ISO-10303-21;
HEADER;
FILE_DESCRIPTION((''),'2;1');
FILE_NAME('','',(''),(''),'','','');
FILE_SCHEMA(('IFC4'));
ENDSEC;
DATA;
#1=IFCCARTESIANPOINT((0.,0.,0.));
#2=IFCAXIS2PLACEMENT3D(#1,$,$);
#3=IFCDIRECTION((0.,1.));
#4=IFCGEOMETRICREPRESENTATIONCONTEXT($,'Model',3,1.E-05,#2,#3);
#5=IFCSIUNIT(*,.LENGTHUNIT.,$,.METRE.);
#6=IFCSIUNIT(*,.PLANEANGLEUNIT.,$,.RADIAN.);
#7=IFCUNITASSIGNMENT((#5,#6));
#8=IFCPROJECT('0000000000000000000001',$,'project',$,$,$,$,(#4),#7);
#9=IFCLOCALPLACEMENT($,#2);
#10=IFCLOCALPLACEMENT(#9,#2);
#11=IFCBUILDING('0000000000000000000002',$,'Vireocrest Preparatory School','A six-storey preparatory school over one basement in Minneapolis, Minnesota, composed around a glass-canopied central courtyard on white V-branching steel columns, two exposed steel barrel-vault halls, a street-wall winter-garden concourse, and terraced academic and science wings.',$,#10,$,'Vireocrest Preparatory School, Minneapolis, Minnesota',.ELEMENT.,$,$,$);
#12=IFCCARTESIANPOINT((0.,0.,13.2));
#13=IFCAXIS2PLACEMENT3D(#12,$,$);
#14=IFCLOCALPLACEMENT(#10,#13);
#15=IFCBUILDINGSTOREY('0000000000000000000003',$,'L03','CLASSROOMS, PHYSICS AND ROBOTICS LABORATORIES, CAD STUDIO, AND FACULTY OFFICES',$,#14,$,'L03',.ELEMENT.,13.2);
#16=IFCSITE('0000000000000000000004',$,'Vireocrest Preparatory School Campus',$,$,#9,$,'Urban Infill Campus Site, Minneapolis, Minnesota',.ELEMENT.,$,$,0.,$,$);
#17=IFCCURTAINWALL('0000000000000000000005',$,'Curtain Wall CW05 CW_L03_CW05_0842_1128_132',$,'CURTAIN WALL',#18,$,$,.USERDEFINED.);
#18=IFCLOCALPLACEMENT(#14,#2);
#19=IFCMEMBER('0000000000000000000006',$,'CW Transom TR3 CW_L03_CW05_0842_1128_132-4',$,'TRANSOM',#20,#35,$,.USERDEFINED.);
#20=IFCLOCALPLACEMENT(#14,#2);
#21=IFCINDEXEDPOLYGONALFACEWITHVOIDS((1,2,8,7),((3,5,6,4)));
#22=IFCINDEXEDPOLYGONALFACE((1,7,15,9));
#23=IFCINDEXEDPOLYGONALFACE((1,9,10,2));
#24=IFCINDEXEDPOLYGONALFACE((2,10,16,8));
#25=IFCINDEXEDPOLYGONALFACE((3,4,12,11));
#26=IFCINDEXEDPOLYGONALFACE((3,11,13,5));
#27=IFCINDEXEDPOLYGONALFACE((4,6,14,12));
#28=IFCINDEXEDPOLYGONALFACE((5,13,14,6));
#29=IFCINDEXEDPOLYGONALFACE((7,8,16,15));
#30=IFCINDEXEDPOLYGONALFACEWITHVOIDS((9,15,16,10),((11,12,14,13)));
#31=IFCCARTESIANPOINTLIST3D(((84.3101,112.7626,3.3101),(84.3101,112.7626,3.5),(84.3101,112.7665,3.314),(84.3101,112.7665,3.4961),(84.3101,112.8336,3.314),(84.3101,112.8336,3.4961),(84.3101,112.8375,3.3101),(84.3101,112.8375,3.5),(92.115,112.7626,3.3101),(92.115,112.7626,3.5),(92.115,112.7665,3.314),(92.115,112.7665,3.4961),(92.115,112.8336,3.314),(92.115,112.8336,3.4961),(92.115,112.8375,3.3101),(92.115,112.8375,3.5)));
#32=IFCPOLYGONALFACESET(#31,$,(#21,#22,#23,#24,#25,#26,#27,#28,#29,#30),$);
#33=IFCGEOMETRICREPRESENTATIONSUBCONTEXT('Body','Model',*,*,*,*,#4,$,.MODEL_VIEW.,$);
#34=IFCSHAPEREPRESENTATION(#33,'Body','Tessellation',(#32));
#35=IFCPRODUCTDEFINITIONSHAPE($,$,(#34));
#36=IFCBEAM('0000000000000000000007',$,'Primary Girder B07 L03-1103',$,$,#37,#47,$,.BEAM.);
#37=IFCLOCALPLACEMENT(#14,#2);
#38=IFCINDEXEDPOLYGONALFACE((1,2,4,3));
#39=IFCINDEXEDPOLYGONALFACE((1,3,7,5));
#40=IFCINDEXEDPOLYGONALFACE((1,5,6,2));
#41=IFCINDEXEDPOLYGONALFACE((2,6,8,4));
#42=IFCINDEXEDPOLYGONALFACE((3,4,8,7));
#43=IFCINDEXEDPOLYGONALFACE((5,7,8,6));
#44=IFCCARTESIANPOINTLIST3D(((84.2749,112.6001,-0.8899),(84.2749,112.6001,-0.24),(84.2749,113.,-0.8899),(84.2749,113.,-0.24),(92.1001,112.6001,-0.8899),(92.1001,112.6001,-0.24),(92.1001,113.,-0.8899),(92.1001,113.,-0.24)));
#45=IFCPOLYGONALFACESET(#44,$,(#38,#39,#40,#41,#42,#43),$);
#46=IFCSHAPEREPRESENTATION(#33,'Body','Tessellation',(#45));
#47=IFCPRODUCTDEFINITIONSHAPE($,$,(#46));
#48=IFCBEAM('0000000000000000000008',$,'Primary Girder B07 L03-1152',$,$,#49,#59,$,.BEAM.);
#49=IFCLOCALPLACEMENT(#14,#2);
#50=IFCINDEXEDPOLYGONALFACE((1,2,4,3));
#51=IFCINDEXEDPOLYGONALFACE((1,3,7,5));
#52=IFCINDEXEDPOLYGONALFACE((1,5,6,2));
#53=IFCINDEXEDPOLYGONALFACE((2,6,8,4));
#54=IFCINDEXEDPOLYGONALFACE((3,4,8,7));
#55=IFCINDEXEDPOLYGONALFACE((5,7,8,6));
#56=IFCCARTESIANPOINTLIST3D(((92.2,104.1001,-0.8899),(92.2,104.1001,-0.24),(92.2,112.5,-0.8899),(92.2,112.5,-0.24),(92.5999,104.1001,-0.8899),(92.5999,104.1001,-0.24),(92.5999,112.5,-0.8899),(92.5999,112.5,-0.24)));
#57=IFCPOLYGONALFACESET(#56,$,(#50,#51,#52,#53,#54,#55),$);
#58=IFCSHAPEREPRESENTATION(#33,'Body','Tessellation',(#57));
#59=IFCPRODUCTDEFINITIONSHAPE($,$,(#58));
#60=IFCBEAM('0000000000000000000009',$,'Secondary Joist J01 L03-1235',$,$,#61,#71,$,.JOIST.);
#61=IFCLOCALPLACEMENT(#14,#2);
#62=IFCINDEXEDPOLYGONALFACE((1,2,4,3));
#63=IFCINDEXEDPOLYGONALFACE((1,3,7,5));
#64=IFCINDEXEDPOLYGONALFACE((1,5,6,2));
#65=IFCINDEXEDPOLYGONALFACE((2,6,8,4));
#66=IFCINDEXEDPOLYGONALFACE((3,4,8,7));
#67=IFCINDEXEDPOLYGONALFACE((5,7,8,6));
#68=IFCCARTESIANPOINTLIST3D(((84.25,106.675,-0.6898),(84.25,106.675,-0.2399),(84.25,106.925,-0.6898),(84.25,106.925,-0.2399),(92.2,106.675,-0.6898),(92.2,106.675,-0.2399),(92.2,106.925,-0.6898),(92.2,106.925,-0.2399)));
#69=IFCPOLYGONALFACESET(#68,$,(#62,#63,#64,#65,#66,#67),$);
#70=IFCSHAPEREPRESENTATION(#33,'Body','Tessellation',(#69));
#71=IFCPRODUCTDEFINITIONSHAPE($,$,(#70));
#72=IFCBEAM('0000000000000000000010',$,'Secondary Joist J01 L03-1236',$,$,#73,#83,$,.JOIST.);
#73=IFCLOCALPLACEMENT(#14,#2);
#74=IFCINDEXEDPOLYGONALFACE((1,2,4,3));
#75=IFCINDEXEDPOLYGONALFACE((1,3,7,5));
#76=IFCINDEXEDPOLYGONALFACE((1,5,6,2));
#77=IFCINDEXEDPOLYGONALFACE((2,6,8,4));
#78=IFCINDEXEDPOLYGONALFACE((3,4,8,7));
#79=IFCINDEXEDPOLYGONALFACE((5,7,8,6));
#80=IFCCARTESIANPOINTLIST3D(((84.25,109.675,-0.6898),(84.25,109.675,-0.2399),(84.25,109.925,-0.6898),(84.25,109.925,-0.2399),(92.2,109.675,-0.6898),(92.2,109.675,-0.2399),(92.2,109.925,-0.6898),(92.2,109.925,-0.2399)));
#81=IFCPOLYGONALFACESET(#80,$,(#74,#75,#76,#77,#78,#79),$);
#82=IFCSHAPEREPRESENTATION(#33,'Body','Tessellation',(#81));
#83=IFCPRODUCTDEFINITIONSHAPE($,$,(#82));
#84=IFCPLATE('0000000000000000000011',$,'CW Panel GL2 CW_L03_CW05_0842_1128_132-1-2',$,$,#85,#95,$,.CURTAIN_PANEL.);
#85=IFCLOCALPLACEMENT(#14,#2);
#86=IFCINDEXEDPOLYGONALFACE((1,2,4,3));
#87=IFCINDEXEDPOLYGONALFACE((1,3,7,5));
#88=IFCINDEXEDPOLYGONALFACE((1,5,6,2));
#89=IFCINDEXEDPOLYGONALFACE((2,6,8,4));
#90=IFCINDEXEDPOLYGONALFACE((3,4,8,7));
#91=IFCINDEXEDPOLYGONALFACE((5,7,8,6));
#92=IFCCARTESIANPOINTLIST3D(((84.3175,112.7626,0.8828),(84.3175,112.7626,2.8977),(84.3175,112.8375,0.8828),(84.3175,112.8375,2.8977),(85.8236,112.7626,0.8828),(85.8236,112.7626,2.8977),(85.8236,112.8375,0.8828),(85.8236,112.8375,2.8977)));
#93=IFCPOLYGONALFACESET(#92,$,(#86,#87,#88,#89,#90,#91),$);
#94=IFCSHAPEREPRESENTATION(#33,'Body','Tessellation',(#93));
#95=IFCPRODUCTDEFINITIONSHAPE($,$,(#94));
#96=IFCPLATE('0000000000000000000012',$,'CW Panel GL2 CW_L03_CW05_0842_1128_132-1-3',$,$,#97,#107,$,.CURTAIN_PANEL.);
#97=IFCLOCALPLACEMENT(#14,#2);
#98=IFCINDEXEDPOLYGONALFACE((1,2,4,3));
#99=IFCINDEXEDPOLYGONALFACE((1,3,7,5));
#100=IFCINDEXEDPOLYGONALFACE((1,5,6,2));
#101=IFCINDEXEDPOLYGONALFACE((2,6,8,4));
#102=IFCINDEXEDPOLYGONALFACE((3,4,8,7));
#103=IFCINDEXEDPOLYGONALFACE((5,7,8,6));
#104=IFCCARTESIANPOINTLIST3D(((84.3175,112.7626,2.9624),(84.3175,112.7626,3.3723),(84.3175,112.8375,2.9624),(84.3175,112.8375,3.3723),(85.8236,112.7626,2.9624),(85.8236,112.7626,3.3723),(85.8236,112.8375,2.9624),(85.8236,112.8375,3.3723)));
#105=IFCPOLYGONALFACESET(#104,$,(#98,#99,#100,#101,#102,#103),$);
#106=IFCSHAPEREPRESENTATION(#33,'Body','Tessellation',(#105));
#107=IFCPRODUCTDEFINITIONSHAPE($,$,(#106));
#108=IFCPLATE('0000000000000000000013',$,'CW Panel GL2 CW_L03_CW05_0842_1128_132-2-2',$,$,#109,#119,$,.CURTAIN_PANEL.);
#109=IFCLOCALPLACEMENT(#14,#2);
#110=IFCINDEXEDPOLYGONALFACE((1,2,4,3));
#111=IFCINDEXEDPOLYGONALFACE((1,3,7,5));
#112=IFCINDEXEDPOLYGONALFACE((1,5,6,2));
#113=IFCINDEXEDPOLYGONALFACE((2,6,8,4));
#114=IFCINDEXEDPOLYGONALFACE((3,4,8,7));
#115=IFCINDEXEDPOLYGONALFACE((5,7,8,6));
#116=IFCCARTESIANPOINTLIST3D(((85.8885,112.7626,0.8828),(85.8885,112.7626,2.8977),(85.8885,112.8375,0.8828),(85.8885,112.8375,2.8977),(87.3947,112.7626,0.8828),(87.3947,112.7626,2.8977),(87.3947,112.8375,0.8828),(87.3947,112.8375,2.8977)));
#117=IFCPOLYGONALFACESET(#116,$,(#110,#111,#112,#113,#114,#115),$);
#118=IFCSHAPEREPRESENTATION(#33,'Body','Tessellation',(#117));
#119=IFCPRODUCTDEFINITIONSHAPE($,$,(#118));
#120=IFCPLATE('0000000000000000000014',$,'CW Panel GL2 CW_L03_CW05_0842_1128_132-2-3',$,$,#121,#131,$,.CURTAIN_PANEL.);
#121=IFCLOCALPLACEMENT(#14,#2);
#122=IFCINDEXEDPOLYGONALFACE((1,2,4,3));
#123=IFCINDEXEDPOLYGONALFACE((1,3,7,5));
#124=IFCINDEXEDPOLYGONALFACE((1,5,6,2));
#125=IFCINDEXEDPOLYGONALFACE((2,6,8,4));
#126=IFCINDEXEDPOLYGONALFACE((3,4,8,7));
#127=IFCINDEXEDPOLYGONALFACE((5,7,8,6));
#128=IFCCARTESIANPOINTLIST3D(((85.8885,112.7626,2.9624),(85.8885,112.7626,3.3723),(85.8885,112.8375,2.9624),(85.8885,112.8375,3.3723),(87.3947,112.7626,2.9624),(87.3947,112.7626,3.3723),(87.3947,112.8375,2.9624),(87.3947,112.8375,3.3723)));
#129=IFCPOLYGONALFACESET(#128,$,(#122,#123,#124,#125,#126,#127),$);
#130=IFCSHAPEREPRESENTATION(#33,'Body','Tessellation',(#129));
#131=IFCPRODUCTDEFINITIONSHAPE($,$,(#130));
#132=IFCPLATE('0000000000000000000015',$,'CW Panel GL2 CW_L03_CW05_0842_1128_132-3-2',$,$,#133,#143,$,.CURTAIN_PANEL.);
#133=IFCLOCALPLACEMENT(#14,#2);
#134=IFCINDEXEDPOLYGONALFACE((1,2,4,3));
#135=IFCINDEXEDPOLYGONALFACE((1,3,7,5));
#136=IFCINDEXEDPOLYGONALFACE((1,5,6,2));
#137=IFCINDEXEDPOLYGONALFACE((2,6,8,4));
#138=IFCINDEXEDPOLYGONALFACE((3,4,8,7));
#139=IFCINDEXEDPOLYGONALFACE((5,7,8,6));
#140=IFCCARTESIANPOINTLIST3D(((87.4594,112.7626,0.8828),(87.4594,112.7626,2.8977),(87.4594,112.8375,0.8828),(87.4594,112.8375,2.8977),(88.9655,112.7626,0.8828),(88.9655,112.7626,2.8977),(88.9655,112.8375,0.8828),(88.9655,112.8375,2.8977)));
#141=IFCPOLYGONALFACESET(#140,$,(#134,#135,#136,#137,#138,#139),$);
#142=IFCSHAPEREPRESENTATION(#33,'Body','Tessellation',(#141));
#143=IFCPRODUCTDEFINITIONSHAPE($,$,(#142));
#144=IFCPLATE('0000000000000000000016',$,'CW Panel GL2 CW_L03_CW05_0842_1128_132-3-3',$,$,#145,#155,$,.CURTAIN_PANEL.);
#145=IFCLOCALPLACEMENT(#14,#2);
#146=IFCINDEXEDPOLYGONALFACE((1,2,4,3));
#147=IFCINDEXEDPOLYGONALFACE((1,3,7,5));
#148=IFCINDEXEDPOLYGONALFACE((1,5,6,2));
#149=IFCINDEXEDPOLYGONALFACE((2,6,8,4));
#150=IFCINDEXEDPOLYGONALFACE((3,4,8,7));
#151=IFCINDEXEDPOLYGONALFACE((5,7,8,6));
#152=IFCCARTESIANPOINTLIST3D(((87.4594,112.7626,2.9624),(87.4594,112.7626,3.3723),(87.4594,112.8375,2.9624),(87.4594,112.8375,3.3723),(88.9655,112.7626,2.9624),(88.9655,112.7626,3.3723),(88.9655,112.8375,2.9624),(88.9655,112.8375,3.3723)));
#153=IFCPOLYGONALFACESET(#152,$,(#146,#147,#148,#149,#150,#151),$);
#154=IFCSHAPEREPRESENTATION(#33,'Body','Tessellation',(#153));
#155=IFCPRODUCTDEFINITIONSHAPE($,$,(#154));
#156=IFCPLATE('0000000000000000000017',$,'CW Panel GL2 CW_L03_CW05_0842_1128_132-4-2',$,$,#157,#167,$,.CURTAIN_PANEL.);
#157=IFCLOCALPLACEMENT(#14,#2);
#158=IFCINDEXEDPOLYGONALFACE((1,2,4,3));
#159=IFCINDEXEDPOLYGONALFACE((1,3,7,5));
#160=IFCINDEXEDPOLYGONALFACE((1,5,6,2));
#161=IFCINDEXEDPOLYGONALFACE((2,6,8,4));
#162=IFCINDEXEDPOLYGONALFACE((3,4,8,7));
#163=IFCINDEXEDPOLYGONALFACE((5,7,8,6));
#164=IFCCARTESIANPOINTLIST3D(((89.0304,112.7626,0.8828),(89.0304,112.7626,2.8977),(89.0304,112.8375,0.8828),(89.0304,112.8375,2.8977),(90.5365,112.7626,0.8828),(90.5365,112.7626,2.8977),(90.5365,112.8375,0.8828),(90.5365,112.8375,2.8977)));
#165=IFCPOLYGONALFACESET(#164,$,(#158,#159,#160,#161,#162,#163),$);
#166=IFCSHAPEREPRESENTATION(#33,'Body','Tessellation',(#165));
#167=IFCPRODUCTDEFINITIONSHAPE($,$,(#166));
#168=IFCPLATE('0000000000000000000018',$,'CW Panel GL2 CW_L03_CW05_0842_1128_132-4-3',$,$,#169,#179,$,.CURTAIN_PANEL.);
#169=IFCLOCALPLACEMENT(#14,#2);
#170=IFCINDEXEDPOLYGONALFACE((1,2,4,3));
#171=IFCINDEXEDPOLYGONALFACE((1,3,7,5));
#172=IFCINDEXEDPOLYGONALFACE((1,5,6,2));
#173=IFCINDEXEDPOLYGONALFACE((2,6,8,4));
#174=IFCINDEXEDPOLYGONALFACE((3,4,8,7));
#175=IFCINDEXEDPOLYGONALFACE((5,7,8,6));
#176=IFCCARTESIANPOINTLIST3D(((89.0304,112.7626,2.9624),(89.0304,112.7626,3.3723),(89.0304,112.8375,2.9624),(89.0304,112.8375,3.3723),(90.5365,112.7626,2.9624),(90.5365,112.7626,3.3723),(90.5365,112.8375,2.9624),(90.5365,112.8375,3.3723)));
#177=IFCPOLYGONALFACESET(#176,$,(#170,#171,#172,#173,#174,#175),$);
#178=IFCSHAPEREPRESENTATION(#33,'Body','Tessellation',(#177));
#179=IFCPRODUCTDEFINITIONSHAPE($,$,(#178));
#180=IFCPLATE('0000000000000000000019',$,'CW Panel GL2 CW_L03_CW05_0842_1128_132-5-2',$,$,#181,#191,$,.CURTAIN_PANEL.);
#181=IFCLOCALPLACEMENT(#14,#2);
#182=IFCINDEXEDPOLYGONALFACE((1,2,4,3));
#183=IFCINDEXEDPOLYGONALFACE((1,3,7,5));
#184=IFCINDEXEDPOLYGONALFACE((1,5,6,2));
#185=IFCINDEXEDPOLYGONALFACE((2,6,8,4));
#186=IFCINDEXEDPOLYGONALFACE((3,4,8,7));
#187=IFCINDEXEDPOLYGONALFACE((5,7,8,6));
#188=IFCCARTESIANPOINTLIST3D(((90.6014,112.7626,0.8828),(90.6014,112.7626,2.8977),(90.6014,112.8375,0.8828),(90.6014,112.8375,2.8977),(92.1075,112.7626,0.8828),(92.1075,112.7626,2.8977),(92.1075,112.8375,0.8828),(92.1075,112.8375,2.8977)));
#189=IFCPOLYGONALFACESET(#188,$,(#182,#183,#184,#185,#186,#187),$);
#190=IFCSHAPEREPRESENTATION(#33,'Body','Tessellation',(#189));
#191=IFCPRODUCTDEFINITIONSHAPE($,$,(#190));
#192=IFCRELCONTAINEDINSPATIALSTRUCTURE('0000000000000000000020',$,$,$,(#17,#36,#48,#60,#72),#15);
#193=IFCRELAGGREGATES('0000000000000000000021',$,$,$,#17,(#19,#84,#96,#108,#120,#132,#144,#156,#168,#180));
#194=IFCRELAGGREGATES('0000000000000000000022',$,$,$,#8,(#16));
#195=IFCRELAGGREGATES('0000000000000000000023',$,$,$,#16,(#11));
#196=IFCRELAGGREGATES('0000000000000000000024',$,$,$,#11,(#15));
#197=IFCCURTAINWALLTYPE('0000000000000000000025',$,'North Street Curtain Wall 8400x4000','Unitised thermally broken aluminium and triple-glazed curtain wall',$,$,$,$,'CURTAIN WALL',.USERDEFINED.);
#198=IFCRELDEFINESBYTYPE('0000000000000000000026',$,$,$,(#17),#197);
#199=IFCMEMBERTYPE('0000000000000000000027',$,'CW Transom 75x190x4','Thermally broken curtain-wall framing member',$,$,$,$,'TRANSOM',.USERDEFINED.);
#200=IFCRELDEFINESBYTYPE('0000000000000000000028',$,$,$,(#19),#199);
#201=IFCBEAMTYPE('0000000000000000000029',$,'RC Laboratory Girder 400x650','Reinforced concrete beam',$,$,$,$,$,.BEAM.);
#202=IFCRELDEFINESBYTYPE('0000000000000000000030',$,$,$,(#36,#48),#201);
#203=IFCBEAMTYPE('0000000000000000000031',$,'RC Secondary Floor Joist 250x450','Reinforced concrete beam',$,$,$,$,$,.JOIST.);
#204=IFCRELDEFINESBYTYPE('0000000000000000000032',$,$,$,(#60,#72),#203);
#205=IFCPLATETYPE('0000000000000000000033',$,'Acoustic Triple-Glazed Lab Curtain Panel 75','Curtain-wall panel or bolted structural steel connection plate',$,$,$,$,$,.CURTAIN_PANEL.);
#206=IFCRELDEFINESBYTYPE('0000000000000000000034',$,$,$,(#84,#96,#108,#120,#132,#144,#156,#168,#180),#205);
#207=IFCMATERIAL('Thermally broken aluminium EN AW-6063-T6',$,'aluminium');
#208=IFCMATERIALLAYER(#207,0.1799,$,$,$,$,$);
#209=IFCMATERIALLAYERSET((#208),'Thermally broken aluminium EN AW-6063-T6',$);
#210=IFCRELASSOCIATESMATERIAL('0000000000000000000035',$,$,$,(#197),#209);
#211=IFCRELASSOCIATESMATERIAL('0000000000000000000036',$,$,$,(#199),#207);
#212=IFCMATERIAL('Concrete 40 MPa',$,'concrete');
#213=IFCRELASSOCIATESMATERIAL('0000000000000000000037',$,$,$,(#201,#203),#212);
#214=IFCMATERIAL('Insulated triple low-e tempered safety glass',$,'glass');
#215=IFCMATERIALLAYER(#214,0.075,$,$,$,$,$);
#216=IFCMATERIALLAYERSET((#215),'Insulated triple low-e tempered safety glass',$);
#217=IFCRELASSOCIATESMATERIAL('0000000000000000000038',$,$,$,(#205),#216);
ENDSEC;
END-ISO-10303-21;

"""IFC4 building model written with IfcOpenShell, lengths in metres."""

from ifc_helpers import new_model, si_unit, direction, frame, origin, origin_2d, place, context, subcontext, project, spatial, rectangle, hollow_rectangle, extrude, material, layer, layer_set, material_profile, profile_set, type_object, element, aggregate, save


model = new_model("IFC4")

# Units and contexts
model_context = context("Model", 3, precision=1e-05, world=origin(), true_north=direction((0.0, 1.0)))
body_context = subcontext(model_context, "Body", "Model", "MODEL_VIEW")
ifc_project = project(units=[si_unit("LENGTHUNIT", "METRE"), si_unit("PLANEANGLEUNIT", "RADIAN")], contexts=[model_context])

# Site, building, storey
site_placement = place(None, origin())
site = spatial("IfcSite", under=ifc_project, at=site_placement, Name="Vireocrest Preparatory School Campus", LongName="Urban Infill Campus Site, Minneapolis, Minnesota", CompositionType="ELEMENT", RefElevation=0.0)
building_placement = place(site_placement, origin())
building = spatial("IfcBuilding", under=site, at=building_placement, Name="Vireocrest Preparatory School", Description="A six-storey preparatory school over one basement in Minneapolis, Minnesota, composed around a glass-canopied central courtyard on white V-branching steel columns, two exposed steel barrel-vault halls, a street-wall winter-garden concourse, and terraced academic and science wings.", LongName="Vireocrest Preparatory School, Minneapolis, Minnesota", CompositionType="ELEMENT")
storey_placement = place(building_placement, frame((0.0, 0.0, 13.2)))
storey = spatial("IfcBuildingStorey", under=building, at=storey_placement, Name="L03", Description="CLASSROOMS, PHYSICS AND ROBOTICS LABORATORIES, CAD STUDIO, AND FACULTY OFFICES", LongName="L03", CompositionType="ELEMENT", Elevation=13.2)

# Curtain wall, member
ifc_material_1 = material(Name="Thermally broken aluminium EN AW-6063-T6", Category="aluminium")
ifc_layer_1 = layer(ifc_material_1, 0.1799)
ifc_layer_set_1 = layer_set([ifc_layer_1], Name="Thermally broken aluminium EN AW-6063-T6")
curtain_wall_type = type_object("IfcCurtainWallType", Name="North Street Curtain Wall 8400x4000", Description="Unitised thermally broken aluminium and triple-glazed curtain wall", ElementType="CURTAIN WALL", PredefinedType="USERDEFINED", material=ifc_layer_set_1)
curtain_wall_placement = place(storey_placement, origin())
curtain_wall = element("IfcCurtainWall", 1, at=curtain_wall_placement, inside=storey, type_object=curtain_wall_type, Name="Curtain Wall CW05 CW_L03_CW05_0842_1128_132", ObjectType="CURTAIN WALL", PredefinedType="USERDEFINED")
ifc_material_profile_1 = material_profile(ifc_material_1, hollow_rectangle(XDim=0.075, YDim=0.1899, WallThickness=0.0039, at=origin_2d()), Name="ALU 75x190x4")
ifc_profile_set_1 = profile_set([ifc_material_profile_1], Name="Thermally broken aluminium EN AW-6063-T6")
member_type_1 = type_object("IfcMemberType", Name="CW Transom 75x190x4", Description="Thermally broken curtain-wall framing member", ElementType="TRANSOM", PredefinedType="USERDEFINED", material=ifc_profile_set_1)
member_1_placement = place(storey_placement, frame((84.3101, 112.8, 3.405), z_axis=(1.0, 0.0, 0.0), x_axis=(0.0, 1.0, 0.0)))
member_1 = element("IfcMember", 2, at=member_1_placement, type_object=member_type_1, Name="CW Transom TR3 CW_L03_CW05_0842_1128_132-4", ObjectType="TRANSOM", PredefinedType="USERDEFINED", context=body_context, shape_type="SweptSolid", body=[
    extrude(hollow_rectangle(XDim=0.075, YDim=0.1899, WallThickness=0.0039, at=origin_2d()), origin(), (0.0, 0.0, 1.0), 7.8049),
])

# Beams
ifc_material_2 = material(Name="Concrete 40 MPa", Category="concrete")
ifc_material_profile_2 = material_profile(ifc_material_2, rectangle(XDim=0.3999, YDim=0.6499, at=origin_2d()), Name="RC 400x650")
ifc_profile_set_2 = profile_set([ifc_material_profile_2], Name="Concrete 40 MPa")
beam_type_1 = type_object("IfcBeamType", Name="RC Laboratory Girder 400x650", Description="Reinforced concrete beam", PredefinedType="BEAM", material=ifc_profile_set_2)
beam_1_placement = place(storey_placement, frame((84.2749, 112.8, -0.5649), z_axis=(1.0, 0.0, 0.0), x_axis=(0.0, 1.0, 0.0)))
element("IfcBeam", 3, at=beam_1_placement, inside=storey, type_object=beam_type_1, Name="Primary Girder B07 L03-1103", PredefinedType="BEAM", context=body_context, shape_type="SweptSolid", body=[
    extrude(rectangle(XDim=0.3999, YDim=0.6499, at=origin_2d()), origin(), (0.0, 0.0, 1.0), 7.8252),
])
beam_2_placement = place(storey_placement, frame((92.3999, 104.1001, -0.5649), z_axis=(0.0, 1.0, 0.0), x_axis=(-1.0, 0.0, 0.0)))
element("IfcBeam", 4, at=beam_2_placement, inside=storey, type_object=beam_type_1, Name="Primary Girder B07 L03-1152", PredefinedType="BEAM", context=body_context, shape_type="SweptSolid", body=[
    extrude(rectangle(XDim=0.3999, YDim=0.6499, at=origin_2d()), origin(), (0.0, 0.0, 1.0), 8.3999),
])
ifc_material_profile_3 = material_profile(ifc_material_2, rectangle(XDim=0.25, YDim=0.45, at=origin_2d()), Name="RC 250x450")
ifc_profile_set_3 = profile_set([ifc_material_profile_3], Name="Concrete 40 MPa")
beam_type_2 = type_object("IfcBeamType", Name="RC Secondary Floor Joist 250x450", Description="Reinforced concrete beam", PredefinedType="JOIST", material=ifc_profile_set_3)
for number, where, z_axis, x_axis, name in (
    (5, (84.25, 106.8, -0.4648), (1.0, 0.0, 0.0), (0.0, 1.0, 0.0), "Secondary Joist J01 L03-1235"),
    (6, (84.25, 109.8, -0.4648), (1.0, 0.0, 0.0), (0.0, 1.0, 0.0), "Secondary Joist J01 L03-1236"),
):
    element("IfcBeam", number, at=place(storey_placement, frame(where, z_axis=z_axis, x_axis=x_axis)), inside=storey, type_object=beam_type_2, Name=name, PredefinedType="JOIST", context=body_context, shape_type="SweptSolid", body=[
        extrude(rectangle(XDim=0.25, YDim=0.45, at=origin_2d()), origin(), (0.0, 0.0, 1.0), 7.95),
    ])

# Plates
ifc_material_3 = material(Name="Insulated triple low-e tempered safety glass", Category="glass")
ifc_layer_2 = layer(ifc_material_3, 0.075)
ifc_layer_set_2 = layer_set([ifc_layer_2], Name="Insulated triple low-e tempered safety glass")
plate_type_1 = type_object("IfcPlateType", Name="Acoustic Triple-Glazed Lab Curtain Panel 75", Description="Curtain-wall panel or bolted structural steel connection plate", PredefinedType="CURTAIN_PANEL", material=ifc_layer_set_2)
plate_1_placement = place(storey_placement, frame((85.0706, 112.8, 0.8828), z_axis=(0.0, 0.0, 1.0), x_axis=(1.0, 0.0, 0.0)))
plate_1 = element("IfcPlate", 7, at=plate_1_placement, type_object=plate_type_1, Name="CW Panel GL2 CW_L03_CW05_0842_1128_132-1-2", PredefinedType="CURTAIN_PANEL", context=body_context, shape_type="SweptSolid", body=[
    extrude(rectangle(XDim=1.5061, YDim=0.075, at=origin_2d()), origin(), (0.0, 0.0, 1.0), 2.0149),
])
plate_2_placement = place(storey_placement, frame((85.0706, 112.8, 2.9624), z_axis=(0.0, 0.0, 1.0), x_axis=(1.0, 0.0, 0.0)))
plate_2 = element("IfcPlate", 8, at=plate_2_placement, type_object=plate_type_1, Name="CW Panel GL2 CW_L03_CW05_0842_1128_132-1-3", PredefinedType="CURTAIN_PANEL", context=body_context, shape_type="SweptSolid", body=[
    extrude(rectangle(XDim=1.5061, YDim=0.075, at=origin_2d()), origin(), (0.0, 0.0, 1.0), 0.4099),
])
plate_3_placement = place(storey_placement, frame((86.6416, 112.8, 0.8828), z_axis=(0.0, 0.0, 1.0), x_axis=(1.0, 0.0, 0.0)))
plate_3 = element("IfcPlate", 9, at=plate_3_placement, type_object=plate_type_1, Name="CW Panel GL2 CW_L03_CW05_0842_1128_132-2-2", PredefinedType="CURTAIN_PANEL", context=body_context, shape_type="SweptSolid", body=[
    extrude(rectangle(XDim=1.5061, YDim=0.075, at=origin_2d()), origin(), (0.0, 0.0, 1.0), 2.0149),
])
plate_4_placement = place(storey_placement, frame((86.6416, 112.8, 2.9624), z_axis=(0.0, 0.0, 1.0), x_axis=(1.0, 0.0, 0.0)))
plate_4 = element("IfcPlate", 10, at=plate_4_placement, type_object=plate_type_1, Name="CW Panel GL2 CW_L03_CW05_0842_1128_132-2-3", PredefinedType="CURTAIN_PANEL", context=body_context, shape_type="SweptSolid", body=[
    extrude(rectangle(XDim=1.5061, YDim=0.075, at=origin_2d()), origin(), (0.0, 0.0, 1.0), 0.4099),
])
plate_5_placement = place(storey_placement, frame((88.2124, 112.8, 0.8828), z_axis=(0.0, 0.0, 1.0), x_axis=(1.0, 0.0, 0.0)))
plate_5 = element("IfcPlate", 11, at=plate_5_placement, type_object=plate_type_1, Name="CW Panel GL2 CW_L03_CW05_0842_1128_132-3-2", PredefinedType="CURTAIN_PANEL", context=body_context, shape_type="SweptSolid", body=[
    extrude(rectangle(XDim=1.5061, YDim=0.075, at=origin_2d()), origin(), (0.0, 0.0, 1.0), 2.0149),
])
plate_6_placement = place(storey_placement, frame((88.2124, 112.8, 2.9624), z_axis=(0.0, 0.0, 1.0), x_axis=(1.0, 0.0, 0.0)))
plate_6 = element("IfcPlate", 12, at=plate_6_placement, type_object=plate_type_1, Name="CW Panel GL2 CW_L03_CW05_0842_1128_132-3-3", PredefinedType="CURTAIN_PANEL", context=body_context, shape_type="SweptSolid", body=[
    extrude(rectangle(XDim=1.5061, YDim=0.075, at=origin_2d()), origin(), (0.0, 0.0, 1.0), 0.4099),
])
plate_7_placement = place(storey_placement, frame((89.7834, 112.8, 0.8828), z_axis=(0.0, 0.0, 1.0), x_axis=(1.0, 0.0, 0.0)))
plate_7 = element("IfcPlate", 13, at=plate_7_placement, type_object=plate_type_1, Name="CW Panel GL2 CW_L03_CW05_0842_1128_132-4-2", PredefinedType="CURTAIN_PANEL", context=body_context, shape_type="SweptSolid", body=[
    extrude(rectangle(XDim=1.5061, YDim=0.075, at=origin_2d()), origin(), (0.0, 0.0, 1.0), 2.0149),
])
plate_8_placement = place(storey_placement, frame((89.7834, 112.8, 2.9624), z_axis=(0.0, 0.0, 1.0), x_axis=(1.0, 0.0, 0.0)))
plate_8 = element("IfcPlate", 14, at=plate_8_placement, type_object=plate_type_1, Name="CW Panel GL2 CW_L03_CW05_0842_1128_132-4-3", PredefinedType="CURTAIN_PANEL", context=body_context, shape_type="SweptSolid", body=[
    extrude(rectangle(XDim=1.5061, YDim=0.075, at=origin_2d()), origin(), (0.0, 0.0, 1.0), 0.4099),
])
plate_9_placement = place(storey_placement, frame((91.3545, 112.8, 0.8828), z_axis=(0.0, 0.0, 1.0), x_axis=(1.0, 0.0, 0.0)))
plate_9 = element("IfcPlate", 15, at=plate_9_placement, type_object=plate_type_1, Name="CW Panel GL2 CW_L03_CW05_0842_1128_132-5-2", PredefinedType="CURTAIN_PANEL", context=body_context, shape_type="SweptSolid", body=[
    extrude(rectangle(XDim=1.5061, YDim=0.075, at=origin_2d()), origin(), (0.0, 0.0, 1.0), 2.0149),
])
aggregate(curtain_wall, [member_1, plate_1, plate_2, plate_3, plate_4, plate_5, plate_6, plate_7, plate_8, plate_9])

save(model, "model.ifc")
